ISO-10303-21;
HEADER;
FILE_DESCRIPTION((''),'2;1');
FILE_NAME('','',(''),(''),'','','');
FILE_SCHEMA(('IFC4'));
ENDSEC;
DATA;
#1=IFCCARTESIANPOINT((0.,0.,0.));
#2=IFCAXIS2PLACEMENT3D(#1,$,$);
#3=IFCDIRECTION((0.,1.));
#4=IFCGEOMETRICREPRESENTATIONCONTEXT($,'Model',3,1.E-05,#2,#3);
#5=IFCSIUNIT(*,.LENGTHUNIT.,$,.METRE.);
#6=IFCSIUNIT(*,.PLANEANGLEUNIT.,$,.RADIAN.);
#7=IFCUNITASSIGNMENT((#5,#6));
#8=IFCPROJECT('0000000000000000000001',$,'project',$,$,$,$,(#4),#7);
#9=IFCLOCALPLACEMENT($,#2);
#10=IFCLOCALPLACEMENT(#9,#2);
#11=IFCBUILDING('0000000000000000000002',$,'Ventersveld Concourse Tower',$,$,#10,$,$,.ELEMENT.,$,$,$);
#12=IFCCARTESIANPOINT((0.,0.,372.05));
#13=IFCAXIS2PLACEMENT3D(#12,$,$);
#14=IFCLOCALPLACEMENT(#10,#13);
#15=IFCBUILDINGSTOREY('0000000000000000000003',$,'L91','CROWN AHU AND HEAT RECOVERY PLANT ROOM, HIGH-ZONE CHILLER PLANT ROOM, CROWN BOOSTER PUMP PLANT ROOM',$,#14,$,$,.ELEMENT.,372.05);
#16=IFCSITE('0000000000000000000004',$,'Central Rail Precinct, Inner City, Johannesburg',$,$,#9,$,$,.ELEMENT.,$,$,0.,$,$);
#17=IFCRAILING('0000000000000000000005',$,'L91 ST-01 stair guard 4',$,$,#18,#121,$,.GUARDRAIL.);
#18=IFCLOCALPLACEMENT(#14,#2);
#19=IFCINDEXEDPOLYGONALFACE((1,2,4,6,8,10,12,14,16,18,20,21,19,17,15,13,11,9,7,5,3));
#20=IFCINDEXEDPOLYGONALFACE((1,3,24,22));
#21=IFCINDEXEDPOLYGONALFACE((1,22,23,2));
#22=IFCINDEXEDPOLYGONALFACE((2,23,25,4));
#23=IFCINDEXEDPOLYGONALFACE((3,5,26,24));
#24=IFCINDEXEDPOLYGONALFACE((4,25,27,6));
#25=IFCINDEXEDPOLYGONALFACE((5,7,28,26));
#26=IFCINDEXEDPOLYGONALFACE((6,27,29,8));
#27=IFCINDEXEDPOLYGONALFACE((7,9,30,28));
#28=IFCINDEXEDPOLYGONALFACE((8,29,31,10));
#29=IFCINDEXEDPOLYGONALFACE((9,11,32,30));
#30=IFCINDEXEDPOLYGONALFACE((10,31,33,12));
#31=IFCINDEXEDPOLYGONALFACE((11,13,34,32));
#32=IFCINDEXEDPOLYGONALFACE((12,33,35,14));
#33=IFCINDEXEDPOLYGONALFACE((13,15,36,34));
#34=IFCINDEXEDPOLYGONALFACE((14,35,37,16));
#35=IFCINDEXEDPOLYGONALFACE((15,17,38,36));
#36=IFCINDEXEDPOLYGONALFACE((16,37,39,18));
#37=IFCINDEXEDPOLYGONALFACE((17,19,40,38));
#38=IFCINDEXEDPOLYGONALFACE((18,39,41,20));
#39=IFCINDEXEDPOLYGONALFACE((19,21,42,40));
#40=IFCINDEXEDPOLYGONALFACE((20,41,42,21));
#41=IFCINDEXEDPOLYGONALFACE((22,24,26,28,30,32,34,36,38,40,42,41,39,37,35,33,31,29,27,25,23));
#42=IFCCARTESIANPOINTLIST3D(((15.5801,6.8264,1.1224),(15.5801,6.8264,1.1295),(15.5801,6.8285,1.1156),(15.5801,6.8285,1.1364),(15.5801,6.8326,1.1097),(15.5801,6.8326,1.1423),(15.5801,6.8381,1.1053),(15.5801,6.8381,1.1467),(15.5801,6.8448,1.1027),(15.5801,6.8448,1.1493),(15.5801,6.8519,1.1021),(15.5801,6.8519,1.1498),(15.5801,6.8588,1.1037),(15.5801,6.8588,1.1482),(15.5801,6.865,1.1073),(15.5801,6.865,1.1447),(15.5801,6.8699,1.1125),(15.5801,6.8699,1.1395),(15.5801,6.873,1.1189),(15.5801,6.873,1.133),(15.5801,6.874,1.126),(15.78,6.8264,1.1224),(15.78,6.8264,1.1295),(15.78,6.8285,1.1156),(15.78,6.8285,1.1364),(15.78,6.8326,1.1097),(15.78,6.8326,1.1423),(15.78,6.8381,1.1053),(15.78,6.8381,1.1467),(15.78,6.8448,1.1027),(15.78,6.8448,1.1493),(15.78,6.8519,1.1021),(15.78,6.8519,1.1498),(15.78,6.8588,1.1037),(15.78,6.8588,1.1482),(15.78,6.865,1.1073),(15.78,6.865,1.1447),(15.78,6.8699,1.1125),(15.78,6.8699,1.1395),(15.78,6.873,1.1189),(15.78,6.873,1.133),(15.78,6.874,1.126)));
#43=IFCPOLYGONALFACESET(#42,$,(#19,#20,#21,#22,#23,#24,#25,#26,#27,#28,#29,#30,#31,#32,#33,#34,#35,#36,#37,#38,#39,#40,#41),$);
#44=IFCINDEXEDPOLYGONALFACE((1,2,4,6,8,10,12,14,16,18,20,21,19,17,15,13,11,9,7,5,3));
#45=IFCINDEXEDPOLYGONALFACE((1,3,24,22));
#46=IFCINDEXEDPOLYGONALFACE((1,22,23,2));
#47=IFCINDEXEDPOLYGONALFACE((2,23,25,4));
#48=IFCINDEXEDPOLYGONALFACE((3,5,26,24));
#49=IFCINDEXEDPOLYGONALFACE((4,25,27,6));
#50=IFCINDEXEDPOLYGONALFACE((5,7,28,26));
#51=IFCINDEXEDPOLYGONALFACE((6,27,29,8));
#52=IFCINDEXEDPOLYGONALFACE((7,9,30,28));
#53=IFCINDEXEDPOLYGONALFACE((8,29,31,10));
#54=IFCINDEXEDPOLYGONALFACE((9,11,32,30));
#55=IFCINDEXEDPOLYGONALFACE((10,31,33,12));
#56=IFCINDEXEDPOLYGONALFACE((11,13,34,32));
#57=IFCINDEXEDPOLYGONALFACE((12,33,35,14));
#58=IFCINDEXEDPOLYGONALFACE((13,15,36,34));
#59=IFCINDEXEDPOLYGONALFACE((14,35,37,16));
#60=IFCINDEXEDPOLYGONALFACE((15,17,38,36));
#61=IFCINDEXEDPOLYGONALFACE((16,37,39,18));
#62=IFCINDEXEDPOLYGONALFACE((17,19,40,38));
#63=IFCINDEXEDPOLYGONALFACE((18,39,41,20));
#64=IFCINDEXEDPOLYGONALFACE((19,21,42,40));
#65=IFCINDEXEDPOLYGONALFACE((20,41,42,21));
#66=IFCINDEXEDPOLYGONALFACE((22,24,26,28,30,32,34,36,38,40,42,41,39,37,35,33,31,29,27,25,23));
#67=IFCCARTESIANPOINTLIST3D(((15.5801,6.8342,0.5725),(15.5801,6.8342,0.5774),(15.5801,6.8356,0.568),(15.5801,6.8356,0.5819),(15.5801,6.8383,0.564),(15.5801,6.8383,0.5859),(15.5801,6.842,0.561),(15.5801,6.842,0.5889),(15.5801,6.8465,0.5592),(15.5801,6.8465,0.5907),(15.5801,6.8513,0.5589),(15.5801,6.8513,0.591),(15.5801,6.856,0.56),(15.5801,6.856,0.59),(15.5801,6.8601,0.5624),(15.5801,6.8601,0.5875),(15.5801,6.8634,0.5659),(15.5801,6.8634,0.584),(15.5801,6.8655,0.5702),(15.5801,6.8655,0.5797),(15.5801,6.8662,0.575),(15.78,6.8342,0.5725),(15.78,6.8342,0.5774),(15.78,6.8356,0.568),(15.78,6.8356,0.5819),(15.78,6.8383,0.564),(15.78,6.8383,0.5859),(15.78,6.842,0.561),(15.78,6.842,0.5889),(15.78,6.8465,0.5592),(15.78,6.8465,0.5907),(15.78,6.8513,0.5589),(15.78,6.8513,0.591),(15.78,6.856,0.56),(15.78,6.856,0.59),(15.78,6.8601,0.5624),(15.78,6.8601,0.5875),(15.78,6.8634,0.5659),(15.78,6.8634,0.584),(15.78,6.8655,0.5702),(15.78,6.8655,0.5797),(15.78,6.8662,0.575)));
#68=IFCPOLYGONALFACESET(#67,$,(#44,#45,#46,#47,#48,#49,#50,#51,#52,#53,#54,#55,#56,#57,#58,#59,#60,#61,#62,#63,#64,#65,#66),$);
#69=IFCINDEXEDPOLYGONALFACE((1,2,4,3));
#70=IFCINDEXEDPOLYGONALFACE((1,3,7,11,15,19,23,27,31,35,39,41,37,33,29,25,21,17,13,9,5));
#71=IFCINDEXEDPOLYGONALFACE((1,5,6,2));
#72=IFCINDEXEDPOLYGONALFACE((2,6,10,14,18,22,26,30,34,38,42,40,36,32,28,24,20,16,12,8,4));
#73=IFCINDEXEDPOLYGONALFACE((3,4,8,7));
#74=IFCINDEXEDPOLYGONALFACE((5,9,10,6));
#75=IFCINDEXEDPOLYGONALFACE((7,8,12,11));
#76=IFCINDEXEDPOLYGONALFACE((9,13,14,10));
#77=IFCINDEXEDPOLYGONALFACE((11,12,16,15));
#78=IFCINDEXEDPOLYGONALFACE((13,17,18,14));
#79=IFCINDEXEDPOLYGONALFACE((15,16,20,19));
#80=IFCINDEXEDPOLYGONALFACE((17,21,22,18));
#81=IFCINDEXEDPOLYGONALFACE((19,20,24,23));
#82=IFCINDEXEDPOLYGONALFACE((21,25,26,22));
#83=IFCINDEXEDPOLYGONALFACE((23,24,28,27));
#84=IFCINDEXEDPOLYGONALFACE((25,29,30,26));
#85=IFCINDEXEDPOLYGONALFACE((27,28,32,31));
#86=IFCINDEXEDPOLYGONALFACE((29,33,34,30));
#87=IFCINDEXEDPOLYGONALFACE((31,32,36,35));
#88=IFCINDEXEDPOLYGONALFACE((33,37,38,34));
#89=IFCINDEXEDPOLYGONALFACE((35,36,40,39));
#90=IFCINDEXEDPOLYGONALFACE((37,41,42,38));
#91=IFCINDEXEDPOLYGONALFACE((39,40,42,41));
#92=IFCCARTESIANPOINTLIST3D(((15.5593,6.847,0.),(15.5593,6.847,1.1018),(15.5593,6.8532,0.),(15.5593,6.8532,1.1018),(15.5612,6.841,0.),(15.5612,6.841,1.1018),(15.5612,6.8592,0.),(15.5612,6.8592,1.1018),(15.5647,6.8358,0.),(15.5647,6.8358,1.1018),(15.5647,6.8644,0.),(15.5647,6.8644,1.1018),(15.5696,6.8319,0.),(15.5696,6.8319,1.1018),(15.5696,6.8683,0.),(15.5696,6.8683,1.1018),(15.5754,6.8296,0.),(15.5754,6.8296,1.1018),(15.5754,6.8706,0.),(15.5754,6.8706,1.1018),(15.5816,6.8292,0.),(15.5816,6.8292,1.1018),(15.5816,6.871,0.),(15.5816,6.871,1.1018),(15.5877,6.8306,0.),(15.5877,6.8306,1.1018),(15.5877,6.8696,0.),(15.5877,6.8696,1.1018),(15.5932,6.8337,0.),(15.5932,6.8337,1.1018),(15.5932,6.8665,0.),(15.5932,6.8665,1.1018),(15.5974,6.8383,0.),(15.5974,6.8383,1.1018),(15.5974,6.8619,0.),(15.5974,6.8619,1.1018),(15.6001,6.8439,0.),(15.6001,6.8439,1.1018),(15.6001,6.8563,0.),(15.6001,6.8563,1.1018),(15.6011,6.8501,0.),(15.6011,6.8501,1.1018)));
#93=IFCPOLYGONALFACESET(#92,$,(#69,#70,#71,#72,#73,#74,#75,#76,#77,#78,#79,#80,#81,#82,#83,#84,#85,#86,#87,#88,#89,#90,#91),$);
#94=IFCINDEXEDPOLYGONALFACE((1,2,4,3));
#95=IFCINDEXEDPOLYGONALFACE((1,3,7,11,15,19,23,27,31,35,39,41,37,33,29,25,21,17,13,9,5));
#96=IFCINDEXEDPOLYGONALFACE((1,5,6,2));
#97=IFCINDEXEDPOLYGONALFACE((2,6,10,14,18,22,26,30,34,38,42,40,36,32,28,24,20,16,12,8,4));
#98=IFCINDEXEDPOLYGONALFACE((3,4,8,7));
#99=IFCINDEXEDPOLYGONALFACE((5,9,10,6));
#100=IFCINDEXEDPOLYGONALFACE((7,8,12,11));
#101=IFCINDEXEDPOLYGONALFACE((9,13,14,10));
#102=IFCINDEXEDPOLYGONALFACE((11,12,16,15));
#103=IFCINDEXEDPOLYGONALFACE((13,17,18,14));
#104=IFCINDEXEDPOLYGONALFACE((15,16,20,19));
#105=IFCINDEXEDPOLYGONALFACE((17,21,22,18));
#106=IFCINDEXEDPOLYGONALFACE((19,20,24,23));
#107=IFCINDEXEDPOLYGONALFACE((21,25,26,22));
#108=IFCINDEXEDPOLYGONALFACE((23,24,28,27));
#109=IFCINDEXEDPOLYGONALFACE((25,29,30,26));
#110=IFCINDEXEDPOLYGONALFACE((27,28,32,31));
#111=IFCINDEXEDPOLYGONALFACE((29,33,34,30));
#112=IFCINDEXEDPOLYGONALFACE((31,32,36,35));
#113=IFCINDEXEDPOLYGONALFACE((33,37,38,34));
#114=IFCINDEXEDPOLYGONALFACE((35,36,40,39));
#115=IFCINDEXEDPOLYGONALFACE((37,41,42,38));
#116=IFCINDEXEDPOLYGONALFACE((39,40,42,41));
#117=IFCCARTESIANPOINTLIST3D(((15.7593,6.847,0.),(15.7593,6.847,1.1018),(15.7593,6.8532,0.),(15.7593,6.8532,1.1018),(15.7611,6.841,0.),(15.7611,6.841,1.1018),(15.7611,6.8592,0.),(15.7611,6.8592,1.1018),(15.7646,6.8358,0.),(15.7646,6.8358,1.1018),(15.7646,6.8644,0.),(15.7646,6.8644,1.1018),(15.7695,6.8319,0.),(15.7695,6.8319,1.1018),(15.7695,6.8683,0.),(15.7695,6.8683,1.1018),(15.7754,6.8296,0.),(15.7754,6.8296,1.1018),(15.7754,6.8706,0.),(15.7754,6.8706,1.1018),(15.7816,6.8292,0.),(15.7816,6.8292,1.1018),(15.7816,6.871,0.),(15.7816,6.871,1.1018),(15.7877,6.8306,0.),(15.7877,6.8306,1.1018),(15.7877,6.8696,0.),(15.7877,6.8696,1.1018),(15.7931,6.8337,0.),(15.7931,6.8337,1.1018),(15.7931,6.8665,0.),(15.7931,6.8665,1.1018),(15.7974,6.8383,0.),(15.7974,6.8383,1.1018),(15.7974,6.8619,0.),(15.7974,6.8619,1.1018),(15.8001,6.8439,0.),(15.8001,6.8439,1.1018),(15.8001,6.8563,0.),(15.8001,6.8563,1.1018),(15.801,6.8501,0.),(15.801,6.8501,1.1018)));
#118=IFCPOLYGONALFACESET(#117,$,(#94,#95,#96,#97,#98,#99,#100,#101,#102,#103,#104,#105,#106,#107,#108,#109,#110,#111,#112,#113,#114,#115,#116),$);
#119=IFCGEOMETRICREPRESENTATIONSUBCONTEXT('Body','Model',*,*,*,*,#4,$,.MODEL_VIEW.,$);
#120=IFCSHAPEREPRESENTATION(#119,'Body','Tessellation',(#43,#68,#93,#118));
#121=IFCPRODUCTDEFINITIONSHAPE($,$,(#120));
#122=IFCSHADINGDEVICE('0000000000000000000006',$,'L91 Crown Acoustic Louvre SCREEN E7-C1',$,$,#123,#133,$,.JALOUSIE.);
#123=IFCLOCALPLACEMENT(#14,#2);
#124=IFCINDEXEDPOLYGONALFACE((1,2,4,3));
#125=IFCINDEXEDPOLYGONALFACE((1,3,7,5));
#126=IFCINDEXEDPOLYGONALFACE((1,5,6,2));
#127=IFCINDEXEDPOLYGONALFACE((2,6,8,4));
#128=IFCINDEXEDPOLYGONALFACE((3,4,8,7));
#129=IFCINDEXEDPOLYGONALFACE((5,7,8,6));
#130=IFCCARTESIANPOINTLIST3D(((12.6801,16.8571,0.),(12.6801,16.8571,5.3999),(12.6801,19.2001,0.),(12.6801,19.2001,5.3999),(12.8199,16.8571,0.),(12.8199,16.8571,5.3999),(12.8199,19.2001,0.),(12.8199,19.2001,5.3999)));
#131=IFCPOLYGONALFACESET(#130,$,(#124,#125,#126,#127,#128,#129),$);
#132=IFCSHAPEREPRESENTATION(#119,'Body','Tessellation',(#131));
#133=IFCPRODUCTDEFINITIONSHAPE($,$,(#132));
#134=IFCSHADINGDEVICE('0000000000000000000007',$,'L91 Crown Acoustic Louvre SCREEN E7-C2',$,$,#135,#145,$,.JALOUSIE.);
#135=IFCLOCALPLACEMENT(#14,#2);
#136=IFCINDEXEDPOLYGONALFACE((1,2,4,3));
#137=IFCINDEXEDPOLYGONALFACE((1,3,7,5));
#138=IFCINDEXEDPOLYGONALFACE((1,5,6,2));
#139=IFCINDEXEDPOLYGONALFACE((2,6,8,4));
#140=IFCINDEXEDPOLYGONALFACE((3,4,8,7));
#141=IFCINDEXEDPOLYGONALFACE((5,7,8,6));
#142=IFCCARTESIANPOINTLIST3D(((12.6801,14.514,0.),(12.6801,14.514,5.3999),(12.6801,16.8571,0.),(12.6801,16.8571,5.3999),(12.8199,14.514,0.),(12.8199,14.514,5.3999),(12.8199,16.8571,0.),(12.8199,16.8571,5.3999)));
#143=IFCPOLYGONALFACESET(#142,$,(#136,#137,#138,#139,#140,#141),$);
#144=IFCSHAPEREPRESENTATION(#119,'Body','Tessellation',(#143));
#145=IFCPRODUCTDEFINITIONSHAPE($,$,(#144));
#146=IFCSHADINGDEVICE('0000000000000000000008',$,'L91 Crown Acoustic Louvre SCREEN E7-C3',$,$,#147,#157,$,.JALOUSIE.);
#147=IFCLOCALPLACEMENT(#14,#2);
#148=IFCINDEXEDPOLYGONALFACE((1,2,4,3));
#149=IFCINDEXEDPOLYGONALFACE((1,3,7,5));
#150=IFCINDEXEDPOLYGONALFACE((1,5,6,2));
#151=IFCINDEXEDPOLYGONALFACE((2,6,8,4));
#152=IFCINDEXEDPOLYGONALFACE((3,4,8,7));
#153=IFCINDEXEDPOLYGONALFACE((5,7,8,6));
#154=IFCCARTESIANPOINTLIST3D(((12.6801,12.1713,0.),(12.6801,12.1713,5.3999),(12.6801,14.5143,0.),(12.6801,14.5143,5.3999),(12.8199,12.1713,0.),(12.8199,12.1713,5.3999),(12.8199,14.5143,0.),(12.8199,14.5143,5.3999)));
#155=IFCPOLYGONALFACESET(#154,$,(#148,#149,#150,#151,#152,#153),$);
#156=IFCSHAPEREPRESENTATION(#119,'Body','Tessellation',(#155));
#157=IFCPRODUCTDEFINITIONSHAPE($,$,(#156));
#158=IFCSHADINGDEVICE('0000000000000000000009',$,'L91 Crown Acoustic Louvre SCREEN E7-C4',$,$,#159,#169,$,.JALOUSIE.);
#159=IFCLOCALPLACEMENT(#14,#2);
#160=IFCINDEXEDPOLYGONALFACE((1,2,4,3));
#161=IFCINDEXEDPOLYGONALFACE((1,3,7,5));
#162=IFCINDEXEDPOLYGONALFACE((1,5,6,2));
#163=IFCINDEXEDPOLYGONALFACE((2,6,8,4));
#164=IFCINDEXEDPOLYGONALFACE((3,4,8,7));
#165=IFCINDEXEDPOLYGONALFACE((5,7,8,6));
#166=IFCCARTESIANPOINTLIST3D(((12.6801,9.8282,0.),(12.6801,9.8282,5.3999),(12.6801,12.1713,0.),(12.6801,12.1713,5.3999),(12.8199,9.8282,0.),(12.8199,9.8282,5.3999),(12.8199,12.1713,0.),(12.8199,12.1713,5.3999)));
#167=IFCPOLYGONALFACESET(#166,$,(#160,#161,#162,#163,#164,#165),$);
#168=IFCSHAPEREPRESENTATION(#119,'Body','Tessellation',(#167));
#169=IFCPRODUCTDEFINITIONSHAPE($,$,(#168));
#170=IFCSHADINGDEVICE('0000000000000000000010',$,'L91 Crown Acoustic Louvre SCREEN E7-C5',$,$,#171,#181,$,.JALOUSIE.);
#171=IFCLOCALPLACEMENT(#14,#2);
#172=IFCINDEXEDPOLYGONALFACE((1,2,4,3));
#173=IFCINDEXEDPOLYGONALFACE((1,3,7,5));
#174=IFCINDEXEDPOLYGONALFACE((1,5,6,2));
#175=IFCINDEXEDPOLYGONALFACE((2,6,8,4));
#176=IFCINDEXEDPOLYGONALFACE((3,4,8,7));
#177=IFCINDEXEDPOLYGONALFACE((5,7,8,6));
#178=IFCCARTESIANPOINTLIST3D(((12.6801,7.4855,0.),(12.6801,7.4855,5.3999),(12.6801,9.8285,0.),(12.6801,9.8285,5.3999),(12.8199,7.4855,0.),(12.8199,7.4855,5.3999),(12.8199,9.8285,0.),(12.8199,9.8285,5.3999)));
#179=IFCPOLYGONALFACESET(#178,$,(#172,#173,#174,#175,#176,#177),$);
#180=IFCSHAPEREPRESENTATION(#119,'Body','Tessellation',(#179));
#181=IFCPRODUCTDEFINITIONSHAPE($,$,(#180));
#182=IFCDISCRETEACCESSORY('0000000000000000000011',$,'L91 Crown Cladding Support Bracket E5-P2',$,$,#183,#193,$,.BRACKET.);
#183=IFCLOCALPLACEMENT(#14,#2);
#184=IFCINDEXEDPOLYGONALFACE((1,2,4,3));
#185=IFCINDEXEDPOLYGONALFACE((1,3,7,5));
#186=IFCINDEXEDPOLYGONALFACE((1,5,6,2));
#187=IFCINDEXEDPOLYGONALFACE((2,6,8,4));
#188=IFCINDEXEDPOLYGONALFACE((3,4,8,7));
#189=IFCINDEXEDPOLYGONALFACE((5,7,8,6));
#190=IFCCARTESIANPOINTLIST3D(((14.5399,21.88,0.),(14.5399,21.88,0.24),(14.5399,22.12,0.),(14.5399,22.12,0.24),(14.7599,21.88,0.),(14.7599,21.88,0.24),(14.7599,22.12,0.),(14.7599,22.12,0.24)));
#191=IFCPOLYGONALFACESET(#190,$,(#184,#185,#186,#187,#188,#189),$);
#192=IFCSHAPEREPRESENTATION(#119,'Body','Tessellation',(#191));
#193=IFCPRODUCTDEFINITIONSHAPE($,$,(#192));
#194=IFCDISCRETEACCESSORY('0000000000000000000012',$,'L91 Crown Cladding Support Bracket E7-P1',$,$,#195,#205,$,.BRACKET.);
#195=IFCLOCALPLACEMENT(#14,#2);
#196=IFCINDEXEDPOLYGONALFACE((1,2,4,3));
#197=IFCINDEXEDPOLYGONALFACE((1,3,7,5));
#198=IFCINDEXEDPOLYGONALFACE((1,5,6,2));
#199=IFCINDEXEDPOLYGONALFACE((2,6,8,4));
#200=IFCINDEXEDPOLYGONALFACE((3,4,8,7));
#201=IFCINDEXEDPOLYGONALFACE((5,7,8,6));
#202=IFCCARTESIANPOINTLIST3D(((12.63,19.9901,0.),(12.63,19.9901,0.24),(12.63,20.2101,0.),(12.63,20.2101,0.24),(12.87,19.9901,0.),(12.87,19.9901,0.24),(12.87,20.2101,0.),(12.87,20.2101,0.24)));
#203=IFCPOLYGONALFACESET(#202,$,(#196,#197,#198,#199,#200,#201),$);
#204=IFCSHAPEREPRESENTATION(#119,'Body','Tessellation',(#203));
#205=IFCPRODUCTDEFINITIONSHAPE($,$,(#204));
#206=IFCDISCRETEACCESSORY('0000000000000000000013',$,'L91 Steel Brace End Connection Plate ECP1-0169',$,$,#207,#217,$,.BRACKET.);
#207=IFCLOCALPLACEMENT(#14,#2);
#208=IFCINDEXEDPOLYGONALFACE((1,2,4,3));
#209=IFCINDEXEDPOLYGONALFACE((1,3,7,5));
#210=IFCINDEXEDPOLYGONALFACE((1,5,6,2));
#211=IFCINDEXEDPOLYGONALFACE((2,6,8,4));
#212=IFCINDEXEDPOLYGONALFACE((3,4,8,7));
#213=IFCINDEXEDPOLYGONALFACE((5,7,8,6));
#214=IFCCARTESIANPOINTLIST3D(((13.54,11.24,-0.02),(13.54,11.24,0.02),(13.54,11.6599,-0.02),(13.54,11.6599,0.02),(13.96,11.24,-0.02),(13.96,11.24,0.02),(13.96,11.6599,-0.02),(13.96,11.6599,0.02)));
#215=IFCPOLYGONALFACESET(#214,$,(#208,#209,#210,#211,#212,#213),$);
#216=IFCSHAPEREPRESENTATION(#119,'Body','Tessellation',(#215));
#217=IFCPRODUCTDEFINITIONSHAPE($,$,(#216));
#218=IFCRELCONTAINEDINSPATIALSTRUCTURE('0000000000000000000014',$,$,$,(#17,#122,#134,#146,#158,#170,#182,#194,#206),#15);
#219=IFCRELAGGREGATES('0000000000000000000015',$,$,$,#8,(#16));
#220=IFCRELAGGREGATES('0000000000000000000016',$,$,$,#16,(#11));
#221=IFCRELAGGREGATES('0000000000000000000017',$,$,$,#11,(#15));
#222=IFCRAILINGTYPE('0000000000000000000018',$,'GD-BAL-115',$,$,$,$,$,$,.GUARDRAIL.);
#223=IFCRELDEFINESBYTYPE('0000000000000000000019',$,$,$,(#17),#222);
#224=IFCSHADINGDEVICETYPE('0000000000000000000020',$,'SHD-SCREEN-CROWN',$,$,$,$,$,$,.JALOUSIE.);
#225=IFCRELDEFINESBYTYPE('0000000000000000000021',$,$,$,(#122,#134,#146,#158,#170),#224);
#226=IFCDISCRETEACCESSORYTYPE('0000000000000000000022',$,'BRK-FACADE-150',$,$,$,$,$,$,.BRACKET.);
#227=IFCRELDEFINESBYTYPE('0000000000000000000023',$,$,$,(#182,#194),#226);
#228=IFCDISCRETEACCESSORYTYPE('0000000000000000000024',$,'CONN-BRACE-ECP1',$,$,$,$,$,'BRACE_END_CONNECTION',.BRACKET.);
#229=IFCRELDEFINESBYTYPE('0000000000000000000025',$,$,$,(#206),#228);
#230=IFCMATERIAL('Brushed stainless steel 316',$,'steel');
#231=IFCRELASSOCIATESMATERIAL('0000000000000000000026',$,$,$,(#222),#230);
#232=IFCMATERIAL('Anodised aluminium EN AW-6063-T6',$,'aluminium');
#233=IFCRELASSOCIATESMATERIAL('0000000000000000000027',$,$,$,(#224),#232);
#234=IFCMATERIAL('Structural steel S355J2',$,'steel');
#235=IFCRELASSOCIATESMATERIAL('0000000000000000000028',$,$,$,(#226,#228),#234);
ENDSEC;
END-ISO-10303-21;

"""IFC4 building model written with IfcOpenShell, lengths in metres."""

from ifc_helpers import new_model, si_unit, direction, frame, origin, origin_2d, place, context, subcontext, project, spatial, rectangle, circle, extrude, material, type_object, element, save


model = new_model("IFC4")

# Units and contexts
model_context = context("Model", 3, precision=1e-05, world=origin(), true_north=direction((0.0, 1.0)))
body_context = subcontext(model_context, "Body", "Model", "MODEL_VIEW")
ifc_project = project(units=[si_unit("LENGTHUNIT", "METRE"), si_unit("PLANEANGLEUNIT", "RADIAN")], contexts=[model_context])

# Site, building, storey
site_placement = place(None, origin())
site = spatial("IfcSite", under=ifc_project, at=site_placement, Name="Central Rail Precinct, Inner City, Johannesburg", CompositionType="ELEMENT", RefElevation=0.0)
building_placement = place(site_placement, origin())
building = spatial("IfcBuilding", under=site, at=building_placement, Name="Ventersveld Concourse Tower", CompositionType="ELEMENT")
storey_placement = place(building_placement, frame((0.0, 0.0, 372.05)))
storey = spatial("IfcBuildingStorey", under=building, at=storey_placement, Name="L91", Description="CROWN AHU AND HEAT RECOVERY PLANT ROOM, HIGH-ZONE CHILLER PLANT ROOM, CROWN BOOSTER PUMP PLANT ROOM", CompositionType="ELEMENT", Elevation=372.05)

# Railing
ifc_material_1 = material(Name="Brushed stainless steel 316", Category="steel")
railing_type = type_object("IfcRailingType", Name="GD-BAL-115", PredefinedType="GUARDRAIL", material=ifc_material_1)
railing_1_placement = place(storey_placement, frame((15.5801, 6.8501, 0.0)))
element("IfcRailing", 1, at=railing_1_placement, inside=storey, type_object=railing_type, Name="L91 ST-01 stair guard 4", PredefinedType="GUARDRAIL", context=body_context, shape_type="SweptSolid", body=[
    extrude(circle(Radius=0.0239, at=origin_2d()), frame((0.0, 0.0, 1.126), z_axis=(1.0, 0.0, 0.0), x_axis=(0.0, 1.0, 0.0)), (0.0, 0.0, 1.0), 0.2),
    extrude(circle(Radius=0.0161, at=origin_2d()), frame((0.0, 0.0, 0.575), z_axis=(1.0, 0.0, 0.0), x_axis=(0.0, 1.0, 0.0)), (0.0, 0.0, 1.0), 0.2),
    extrude(circle(Radius=0.021, at=origin_2d()), origin(), (0.0, 0.0, 1.0), 1.1018),
    extrude(circle(Radius=0.021, at=origin_2d()), frame((0.2, 0.0, 0.0)), (0.0, 0.0, 1.0), 1.1018),
])

# Shading devices
ifc_material_2 = material(Name="Anodised aluminium EN AW-6063-T6", Category="aluminium")
shading_device_type = type_object("IfcShadingDeviceType", Name="SHD-SCREEN-CROWN", PredefinedType="JALOUSIE", material=ifc_material_2)
for number, where, z_axis, x_axis, name in (
    (2, (12.75, 18.0286, 0.0), (0.0, 0.0, 1.0), (0.0, -1.0, 0.0), "L91 Crown Acoustic Louvre SCREEN E7-C1"),
    (3, (12.75, 15.6855, 0.0), (0.0, 0.0, 1.0), (0.0, -1.0, 0.0), "L91 Crown Acoustic Louvre SCREEN E7-C2"),
    (4, (12.75, 13.3428, 0.0), (0.0, 0.0, 1.0), (0.0, -1.0, 0.0), "L91 Crown Acoustic Louvre SCREEN E7-C3"),
    (5, (12.75, 10.9998, 0.0), (0.0, 0.0, 1.0), (0.0, -1.0, 0.0), "L91 Crown Acoustic Louvre SCREEN E7-C4"),
    (6, (12.75, 8.657, 0.0), (0.0, 0.0, 1.0), (0.0, -1.0, 0.0), "L91 Crown Acoustic Louvre SCREEN E7-C5"),
):
    element("IfcShadingDevice", number, at=place(storey_placement, frame(where, z_axis=z_axis, x_axis=x_axis)), inside=storey, type_object=shading_device_type, Name=name, PredefinedType="JALOUSIE", context=body_context, shape_type="SweptSolid", body=[
        extrude(rectangle(XDim=2.343, YDim=0.1399, at=origin_2d()), origin(), (0.0, 0.0, 1.0), 5.3999),
    ])

# Discrete accessories
ifc_material_3 = material(Name="Structural steel S355J2", Category="steel")
discrete_accessory_type_1 = type_object("IfcDiscreteAccessoryType", Name="BRK-FACADE-150", PredefinedType="BRACKET", material=ifc_material_3)
for number, where, z_axis, x_axis, name in (
    (7, (14.6499, 22.0, 0.0), (0.0, 0.0, 1.0), (-1.0, 0.0, 0.0), "L91 Crown Cladding Support Bracket E5-P2"),
    (8, (12.75, 20.1001, 0.0), (0.0, 0.0, 1.0), (0.0, -1.0, 0.0), "L91 Crown Cladding Support Bracket E7-P1"),
):
    element("IfcDiscreteAccessory", number, at=place(storey_placement, frame(where, z_axis=z_axis, x_axis=x_axis)), inside=storey, type_object=discrete_accessory_type_1, Name=name, PredefinedType="BRACKET", context=body_context, shape_type="SweptSolid", body=[
        extrude(rectangle(XDim=0.22, YDim=0.24, at=origin_2d()), origin(), (0.0, 0.0, 1.0), 0.24),
    ])
discrete_accessory_type_2 = type_object("IfcDiscreteAccessoryType", Name="CONN-BRACE-ECP1", ElementType="BRACE_END_CONNECTION", PredefinedType="BRACKET", material=ifc_material_3)
for number, where, z_axis, x_axis, name in (
    (9, (13.75, 11.45, -0.02), (0.0, 0.0, 1.0), (1.0, 0.0, 0.0), "L91 Steel Brace End Connection Plate ECP1-0169"),
):
    element("IfcDiscreteAccessory", number, at=place(storey_placement, frame(where, z_axis=z_axis, x_axis=x_axis)), inside=storey, type_object=discrete_accessory_type_2, Name=name, PredefinedType="BRACKET", context=body_context, shape_type="SweptSolid", body=[
        extrude(rectangle(XDim=0.4199, YDim=0.4199, at=origin_2d()), origin(), (0.0, 0.0, 1.0), 0.04),
    ])

save(model, "model.ifc")
